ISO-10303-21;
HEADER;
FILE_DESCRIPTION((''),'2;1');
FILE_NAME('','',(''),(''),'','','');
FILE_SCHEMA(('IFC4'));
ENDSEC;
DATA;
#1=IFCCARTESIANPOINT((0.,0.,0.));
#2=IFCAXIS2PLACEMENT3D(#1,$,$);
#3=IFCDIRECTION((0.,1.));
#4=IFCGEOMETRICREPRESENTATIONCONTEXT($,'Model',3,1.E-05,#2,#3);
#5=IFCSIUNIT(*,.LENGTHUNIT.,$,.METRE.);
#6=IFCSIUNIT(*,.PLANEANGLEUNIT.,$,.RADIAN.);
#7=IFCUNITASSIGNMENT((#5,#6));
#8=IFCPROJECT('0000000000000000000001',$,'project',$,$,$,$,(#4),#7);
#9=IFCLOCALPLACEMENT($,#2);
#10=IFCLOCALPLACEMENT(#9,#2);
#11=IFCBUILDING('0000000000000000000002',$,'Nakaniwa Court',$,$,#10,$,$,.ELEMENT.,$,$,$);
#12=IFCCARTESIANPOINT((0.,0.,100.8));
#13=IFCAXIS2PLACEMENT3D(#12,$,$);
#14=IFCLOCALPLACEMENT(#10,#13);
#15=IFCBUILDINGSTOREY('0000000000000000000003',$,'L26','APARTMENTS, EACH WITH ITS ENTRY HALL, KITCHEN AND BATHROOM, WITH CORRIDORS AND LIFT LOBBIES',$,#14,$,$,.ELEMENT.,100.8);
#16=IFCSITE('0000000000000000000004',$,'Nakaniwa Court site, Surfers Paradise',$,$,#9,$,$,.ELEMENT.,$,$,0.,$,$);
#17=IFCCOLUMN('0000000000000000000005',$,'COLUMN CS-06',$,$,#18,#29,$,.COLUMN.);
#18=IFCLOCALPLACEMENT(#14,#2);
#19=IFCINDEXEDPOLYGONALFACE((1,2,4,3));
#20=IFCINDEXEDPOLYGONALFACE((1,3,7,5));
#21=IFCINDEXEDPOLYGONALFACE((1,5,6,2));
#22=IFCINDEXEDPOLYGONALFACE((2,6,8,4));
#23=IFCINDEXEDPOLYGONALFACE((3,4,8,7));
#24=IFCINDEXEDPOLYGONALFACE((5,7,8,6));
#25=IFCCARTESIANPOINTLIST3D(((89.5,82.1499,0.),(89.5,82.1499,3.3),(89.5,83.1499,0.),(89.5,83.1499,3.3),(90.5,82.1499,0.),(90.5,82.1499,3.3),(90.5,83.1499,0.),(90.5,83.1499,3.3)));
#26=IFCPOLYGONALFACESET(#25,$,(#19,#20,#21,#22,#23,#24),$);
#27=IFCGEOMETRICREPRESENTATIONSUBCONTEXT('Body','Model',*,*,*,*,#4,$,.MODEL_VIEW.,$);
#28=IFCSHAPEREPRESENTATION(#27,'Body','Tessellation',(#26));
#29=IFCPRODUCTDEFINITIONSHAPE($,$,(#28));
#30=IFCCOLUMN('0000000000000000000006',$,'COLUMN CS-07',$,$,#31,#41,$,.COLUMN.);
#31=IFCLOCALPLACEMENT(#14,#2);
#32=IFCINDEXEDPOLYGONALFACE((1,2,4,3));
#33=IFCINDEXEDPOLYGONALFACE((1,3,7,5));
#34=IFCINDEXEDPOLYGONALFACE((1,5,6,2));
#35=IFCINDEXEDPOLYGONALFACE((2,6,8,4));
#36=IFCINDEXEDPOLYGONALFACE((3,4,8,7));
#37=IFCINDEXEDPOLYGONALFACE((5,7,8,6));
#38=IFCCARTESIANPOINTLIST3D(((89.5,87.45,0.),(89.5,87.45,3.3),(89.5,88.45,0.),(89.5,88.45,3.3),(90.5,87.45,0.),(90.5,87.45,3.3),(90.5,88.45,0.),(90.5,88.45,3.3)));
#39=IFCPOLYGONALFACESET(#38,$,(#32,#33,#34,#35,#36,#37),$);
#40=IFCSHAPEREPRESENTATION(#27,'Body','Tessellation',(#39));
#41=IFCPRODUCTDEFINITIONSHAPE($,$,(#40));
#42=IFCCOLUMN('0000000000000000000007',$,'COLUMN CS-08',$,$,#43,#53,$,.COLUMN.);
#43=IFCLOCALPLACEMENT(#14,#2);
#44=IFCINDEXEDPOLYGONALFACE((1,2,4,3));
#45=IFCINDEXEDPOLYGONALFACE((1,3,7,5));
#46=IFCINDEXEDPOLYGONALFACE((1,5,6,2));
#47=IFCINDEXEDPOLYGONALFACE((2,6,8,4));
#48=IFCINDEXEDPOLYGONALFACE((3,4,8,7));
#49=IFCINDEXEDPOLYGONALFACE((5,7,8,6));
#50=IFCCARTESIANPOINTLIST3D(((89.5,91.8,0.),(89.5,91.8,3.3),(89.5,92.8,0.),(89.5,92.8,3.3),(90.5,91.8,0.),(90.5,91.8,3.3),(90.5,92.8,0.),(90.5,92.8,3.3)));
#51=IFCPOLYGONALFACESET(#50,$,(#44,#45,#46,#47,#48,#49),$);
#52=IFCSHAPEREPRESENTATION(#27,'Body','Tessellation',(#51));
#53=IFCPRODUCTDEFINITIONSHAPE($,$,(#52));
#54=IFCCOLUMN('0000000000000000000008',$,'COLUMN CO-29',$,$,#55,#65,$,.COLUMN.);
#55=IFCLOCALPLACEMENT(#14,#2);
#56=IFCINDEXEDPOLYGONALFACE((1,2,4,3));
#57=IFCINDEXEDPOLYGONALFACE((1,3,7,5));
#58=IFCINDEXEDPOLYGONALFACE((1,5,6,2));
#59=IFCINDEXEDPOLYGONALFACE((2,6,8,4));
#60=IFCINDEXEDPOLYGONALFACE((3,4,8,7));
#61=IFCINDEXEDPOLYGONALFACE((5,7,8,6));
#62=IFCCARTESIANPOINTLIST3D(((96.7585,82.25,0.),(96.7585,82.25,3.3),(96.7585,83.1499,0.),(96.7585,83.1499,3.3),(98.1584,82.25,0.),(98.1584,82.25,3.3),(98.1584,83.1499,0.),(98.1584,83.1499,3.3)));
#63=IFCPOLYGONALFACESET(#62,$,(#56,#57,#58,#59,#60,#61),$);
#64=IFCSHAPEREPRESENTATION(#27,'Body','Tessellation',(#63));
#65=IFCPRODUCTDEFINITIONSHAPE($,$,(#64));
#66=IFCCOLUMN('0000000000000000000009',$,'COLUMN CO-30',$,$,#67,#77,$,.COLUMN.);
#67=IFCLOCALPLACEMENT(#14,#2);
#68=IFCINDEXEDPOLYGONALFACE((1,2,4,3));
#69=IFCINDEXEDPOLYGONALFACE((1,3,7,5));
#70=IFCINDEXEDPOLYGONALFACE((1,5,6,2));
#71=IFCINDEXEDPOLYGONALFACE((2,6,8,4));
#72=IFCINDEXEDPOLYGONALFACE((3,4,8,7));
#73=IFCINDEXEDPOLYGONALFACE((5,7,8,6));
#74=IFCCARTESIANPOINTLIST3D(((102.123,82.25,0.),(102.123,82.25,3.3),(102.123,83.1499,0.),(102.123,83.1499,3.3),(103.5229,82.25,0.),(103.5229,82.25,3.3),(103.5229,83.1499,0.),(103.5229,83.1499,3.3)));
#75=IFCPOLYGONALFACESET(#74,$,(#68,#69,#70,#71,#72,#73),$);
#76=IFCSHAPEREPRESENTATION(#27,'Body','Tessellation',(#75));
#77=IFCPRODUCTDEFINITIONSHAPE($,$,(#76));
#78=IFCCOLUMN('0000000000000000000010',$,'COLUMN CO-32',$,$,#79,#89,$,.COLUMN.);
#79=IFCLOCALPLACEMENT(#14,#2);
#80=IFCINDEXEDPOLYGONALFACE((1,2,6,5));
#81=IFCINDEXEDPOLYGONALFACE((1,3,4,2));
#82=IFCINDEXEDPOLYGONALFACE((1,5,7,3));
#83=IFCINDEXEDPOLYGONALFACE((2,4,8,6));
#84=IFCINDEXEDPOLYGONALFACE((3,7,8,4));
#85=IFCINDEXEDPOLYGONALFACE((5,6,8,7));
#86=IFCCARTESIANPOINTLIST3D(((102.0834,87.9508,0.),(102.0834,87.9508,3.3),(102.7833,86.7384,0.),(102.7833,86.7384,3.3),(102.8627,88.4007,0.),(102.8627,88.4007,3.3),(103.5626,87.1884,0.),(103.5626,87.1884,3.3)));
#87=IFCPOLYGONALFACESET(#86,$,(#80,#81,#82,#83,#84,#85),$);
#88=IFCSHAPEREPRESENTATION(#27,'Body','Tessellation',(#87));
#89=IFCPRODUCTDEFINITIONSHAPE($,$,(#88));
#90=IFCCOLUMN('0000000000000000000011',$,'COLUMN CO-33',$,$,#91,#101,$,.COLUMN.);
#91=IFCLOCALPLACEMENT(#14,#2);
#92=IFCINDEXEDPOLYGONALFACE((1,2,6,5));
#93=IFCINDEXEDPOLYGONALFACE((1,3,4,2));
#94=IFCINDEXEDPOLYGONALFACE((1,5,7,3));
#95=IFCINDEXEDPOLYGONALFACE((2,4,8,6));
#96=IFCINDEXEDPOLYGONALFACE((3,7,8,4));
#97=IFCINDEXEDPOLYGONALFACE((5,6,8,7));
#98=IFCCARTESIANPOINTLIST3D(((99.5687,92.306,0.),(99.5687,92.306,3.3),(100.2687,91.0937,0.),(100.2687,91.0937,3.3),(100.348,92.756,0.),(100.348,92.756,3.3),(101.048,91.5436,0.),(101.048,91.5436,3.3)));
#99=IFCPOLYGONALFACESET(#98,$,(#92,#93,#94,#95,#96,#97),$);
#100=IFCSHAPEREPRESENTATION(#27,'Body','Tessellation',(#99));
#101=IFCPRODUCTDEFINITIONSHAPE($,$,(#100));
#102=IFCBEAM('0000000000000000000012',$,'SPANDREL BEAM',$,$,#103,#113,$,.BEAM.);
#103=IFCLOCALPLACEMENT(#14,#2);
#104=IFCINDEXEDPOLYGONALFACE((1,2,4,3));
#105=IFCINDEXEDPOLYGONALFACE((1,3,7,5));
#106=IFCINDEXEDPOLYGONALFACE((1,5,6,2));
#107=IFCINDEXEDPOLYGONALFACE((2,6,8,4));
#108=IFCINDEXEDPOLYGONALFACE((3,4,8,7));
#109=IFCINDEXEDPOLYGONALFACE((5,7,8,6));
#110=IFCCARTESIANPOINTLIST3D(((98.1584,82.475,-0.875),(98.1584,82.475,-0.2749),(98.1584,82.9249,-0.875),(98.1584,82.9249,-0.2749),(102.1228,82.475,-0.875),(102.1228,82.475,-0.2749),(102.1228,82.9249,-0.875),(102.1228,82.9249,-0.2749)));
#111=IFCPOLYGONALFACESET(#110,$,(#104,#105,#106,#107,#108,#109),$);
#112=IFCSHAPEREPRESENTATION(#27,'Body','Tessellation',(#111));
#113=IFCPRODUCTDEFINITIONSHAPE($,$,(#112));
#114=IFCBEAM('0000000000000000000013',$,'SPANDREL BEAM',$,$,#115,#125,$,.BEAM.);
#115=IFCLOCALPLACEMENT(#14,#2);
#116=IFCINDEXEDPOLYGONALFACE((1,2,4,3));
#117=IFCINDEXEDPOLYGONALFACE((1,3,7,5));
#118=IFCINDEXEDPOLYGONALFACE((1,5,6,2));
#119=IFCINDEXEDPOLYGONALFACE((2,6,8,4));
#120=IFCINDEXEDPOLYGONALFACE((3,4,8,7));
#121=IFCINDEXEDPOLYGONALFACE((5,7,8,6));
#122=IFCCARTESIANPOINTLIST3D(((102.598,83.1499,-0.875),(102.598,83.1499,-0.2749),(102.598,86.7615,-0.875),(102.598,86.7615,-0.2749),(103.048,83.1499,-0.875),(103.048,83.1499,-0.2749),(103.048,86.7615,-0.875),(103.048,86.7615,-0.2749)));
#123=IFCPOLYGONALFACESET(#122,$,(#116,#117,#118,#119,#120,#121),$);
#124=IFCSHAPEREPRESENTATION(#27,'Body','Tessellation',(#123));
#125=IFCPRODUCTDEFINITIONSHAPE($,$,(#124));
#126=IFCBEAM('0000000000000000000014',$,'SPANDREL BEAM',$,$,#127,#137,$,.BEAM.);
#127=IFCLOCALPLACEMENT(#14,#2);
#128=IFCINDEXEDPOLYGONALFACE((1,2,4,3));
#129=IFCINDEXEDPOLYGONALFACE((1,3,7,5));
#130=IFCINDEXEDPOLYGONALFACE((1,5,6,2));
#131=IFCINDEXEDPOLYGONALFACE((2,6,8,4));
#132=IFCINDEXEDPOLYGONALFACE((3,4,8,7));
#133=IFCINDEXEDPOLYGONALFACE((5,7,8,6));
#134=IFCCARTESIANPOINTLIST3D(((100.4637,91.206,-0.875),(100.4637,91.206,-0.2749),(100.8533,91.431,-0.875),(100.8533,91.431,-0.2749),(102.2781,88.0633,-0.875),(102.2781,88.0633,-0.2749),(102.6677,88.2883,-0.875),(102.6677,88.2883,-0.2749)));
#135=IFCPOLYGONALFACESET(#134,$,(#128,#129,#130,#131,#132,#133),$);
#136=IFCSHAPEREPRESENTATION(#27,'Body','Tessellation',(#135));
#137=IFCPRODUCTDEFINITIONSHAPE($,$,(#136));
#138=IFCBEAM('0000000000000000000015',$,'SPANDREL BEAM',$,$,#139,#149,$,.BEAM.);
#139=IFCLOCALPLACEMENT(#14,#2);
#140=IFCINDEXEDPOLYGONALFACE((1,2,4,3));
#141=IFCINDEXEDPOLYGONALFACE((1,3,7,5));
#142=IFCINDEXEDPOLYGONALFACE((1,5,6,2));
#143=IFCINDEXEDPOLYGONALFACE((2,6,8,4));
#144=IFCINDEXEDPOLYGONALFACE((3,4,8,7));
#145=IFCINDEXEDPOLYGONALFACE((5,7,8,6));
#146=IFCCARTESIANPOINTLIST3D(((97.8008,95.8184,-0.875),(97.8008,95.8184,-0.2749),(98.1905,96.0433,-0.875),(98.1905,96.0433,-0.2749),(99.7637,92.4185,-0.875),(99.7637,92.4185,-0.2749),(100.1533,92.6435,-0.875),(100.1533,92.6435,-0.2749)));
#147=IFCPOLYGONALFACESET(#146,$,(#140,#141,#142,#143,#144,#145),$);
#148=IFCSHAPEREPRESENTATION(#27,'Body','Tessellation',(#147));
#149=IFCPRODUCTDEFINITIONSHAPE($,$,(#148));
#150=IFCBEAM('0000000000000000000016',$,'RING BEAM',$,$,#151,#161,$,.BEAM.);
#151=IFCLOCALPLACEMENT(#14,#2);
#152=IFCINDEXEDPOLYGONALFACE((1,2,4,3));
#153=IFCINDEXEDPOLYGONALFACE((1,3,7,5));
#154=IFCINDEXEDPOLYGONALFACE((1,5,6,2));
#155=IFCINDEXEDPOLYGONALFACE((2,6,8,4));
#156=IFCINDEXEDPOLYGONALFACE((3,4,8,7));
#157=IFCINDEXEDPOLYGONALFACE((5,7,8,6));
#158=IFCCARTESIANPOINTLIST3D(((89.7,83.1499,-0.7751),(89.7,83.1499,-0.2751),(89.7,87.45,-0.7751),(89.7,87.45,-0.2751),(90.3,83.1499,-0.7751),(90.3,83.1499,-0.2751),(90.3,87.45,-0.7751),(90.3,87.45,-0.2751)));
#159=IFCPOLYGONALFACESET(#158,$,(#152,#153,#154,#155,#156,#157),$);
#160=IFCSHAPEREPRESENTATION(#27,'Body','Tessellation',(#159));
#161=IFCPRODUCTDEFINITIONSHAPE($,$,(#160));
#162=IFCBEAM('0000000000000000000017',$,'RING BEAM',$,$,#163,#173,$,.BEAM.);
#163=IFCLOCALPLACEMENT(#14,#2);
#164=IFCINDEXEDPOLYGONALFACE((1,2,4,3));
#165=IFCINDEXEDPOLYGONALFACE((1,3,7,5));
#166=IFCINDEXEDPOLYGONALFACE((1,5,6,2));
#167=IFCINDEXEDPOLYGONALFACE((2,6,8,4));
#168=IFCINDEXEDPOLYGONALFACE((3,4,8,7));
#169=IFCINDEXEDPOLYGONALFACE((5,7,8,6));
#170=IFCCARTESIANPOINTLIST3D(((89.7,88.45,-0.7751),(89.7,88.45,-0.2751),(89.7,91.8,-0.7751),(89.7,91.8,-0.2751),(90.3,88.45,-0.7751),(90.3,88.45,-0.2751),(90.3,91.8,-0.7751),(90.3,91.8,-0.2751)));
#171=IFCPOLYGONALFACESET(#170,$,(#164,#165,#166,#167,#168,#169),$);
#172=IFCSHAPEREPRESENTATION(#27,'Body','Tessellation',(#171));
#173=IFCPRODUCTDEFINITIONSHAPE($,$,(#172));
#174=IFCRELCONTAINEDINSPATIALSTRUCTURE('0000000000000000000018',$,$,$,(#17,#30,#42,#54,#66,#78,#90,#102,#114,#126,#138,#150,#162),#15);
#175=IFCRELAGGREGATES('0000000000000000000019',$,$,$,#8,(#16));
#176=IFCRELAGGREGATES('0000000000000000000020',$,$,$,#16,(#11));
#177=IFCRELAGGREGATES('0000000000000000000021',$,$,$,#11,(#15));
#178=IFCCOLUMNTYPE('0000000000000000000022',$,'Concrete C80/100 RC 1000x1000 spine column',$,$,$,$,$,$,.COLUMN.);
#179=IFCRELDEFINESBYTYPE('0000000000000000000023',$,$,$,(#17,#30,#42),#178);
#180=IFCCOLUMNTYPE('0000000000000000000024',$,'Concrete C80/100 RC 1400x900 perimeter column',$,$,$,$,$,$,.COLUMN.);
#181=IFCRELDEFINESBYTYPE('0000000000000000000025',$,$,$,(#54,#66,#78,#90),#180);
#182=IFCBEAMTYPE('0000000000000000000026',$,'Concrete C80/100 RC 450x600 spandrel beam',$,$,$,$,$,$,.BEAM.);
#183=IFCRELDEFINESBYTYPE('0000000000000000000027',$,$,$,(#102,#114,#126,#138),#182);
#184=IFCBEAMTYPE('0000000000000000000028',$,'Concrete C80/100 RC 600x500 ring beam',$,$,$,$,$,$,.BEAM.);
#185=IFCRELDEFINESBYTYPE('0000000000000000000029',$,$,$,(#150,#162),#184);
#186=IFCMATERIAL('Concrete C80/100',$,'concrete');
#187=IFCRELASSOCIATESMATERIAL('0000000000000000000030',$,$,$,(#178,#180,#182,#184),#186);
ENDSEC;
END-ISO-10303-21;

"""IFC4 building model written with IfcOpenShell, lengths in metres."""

from ifc_helpers import new_model, si_unit, direction, frame, origin, origin_2d, place, context, subcontext, project, spatial, rectangle, extrude, material, material_profile, profile_set, type_object, element, save


model = new_model("IFC4")

# Units and contexts
model_context = context("Model", 3, precision=1e-05, world=origin(), true_north=direction((0.0, 1.0)))
body_context = subcontext(model_context, "Body", "Model", "MODEL_VIEW")
ifc_project = project(units=[si_unit("LENGTHUNIT", "METRE"), si_unit("PLANEANGLEUNIT", "RADIAN")], contexts=[model_context])

# Site, building, storey
site_placement = place(None, origin())
site = spatial("IfcSite", under=ifc_project, at=site_placement, Name="Nakaniwa Court site, Surfers Paradise", CompositionType="ELEMENT", RefElevation=0.0)
building_placement = place(site_placement, origin())
building = spatial("IfcBuilding", under=site, at=building_placement, Name="Nakaniwa Court", CompositionType="ELEMENT")
storey_placement = place(building_placement, frame((0.0, 0.0, 100.8)))
storey = spatial("IfcBuildingStorey", under=building, at=storey_placement, Name="L26", Description="APARTMENTS, EACH WITH ITS ENTRY HALL, KITCHEN AND BATHROOM, WITH CORRIDORS AND LIFT LOBBIES", CompositionType="ELEMENT", Elevation=100.8)

# Columns
ifc_material_1 = material(Name="Concrete C80/100", Category="concrete")
ifc_material_profile_1 = material_profile(ifc_material_1, rectangle(XDim=1.0, YDim=1.0, at=origin_2d()), Name="Concrete C80/100 RC 1000x1000 spine column")
ifc_profile_set_1 = profile_set([ifc_material_profile_1], Name="Concrete C80/100")
column_type_1 = type_object("IfcColumnType", Name="Concrete C80/100 RC 1000x1000 spine column", PredefinedType="COLUMN", material=ifc_profile_set_1)
for number, where, z_axis, x_axis, name in (
    (1, (90.0, 82.6499, 0.0), (0.0, 0.0, 1.0), (0.0, 1.0, 0.0), "COLUMN CS-06"),
    (2, (90.0, 87.95, 0.0), (0.0, 0.0, 1.0), (0.0, 1.0, 0.0), "COLUMN CS-07"),
    (3, (90.0, 92.3, 0.0), (0.0, 0.0, 1.0), (0.0, 1.0, 0.0), "COLUMN CS-08"),
):
    element("IfcColumn", number, at=place(storey_placement, frame(where, z_axis=z_axis, x_axis=x_axis)), inside=storey, type_object=column_type_1, Name=name, PredefinedType="COLUMN", context=body_context, shape_type="SweptSolid", body=[
        extrude(rectangle(XDim=1.0, YDim=1.0, at=origin_2d()), origin(), (0.0, 0.0, 1.0), 3.3),
    ])
ifc_material_profile_2 = material_profile(ifc_material_1, rectangle(XDim=1.3999, YDim=0.8999, at=origin_2d()), Name="Concrete C80/100 RC 1400x900 perimeter column")
ifc_profile_set_2 = profile_set([ifc_material_profile_2], Name="Concrete C80/100")
column_type_2 = type_object("IfcColumnType", Name="Concrete C80/100 RC 1400x900 perimeter column", PredefinedType="COLUMN", material=ifc_profile_set_2)
for number, where, z_axis, x_axis, name in (
    (4, (97.4585, 82.7, 0.0), (0.0, 0.0, 1.0), (1.0, 0.0, 0.0), "COLUMN CO-29"),
    (5, (102.823, 82.7, 0.0), (0.0, 0.0, 1.0), (1.0, 0.0, 0.0), "COLUMN CO-30"),
    (6, (102.823, 87.5696, 0.0), (0.0, 0.0, 1.0), (-0.5, 0.866025, 0.0), "COLUMN CO-32"),
    (7, (100.3083, 91.9248, 0.0), (0.0, 0.0, 1.0), (-0.5, 0.866025, 0.0), "COLUMN CO-33"),
):
    element("IfcColumn", number, at=place(storey_placement, frame(where, z_axis=z_axis, x_axis=x_axis)), inside=storey, type_object=column_type_2, Name=name, PredefinedType="COLUMN", context=body_context, shape_type="SweptSolid", body=[
        extrude(rectangle(XDim=1.3999, YDim=0.8999, at=origin_2d()), origin(), (0.0, 0.0, 1.0), 3.3),
    ])

# Beams
ifc_material_profile_3 = material_profile(ifc_material_1, rectangle(XDim=0.45, YDim=0.6001, at=origin_2d()), Name="Concrete C80/100 RC 450x600 spandrel beam")
ifc_profile_set_3 = profile_set([ifc_material_profile_3], Name="Concrete C80/100")
beam_type_1 = type_object("IfcBeamType", Name="Concrete C80/100 RC 450x600 spandrel beam", PredefinedType="BEAM", material=ifc_profile_set_3)
beam_1_placement = place(storey_placement, frame((98.1584, 82.7, -0.575), z_axis=(1.0, 0.0, 0.0), x_axis=(0.0, 1.0, 0.0)))
element("IfcBeam", 8, at=beam_1_placement, inside=storey, type_object=beam_type_1, Name="SPANDREL BEAM", PredefinedType="BEAM", context=body_context, shape_type="SweptSolid", body=[
    extrude(rectangle(XDim=0.45, YDim=0.6001, at=origin_2d()), origin(), (0.0, 0.0, 1.0), 3.9644),
])
beam_2_placement = place(storey_placement, frame((102.823, 83.1499, -0.575), z_axis=(0.0, 1.0, 0.0), x_axis=(-1.0, 0.0, 0.0)))
element("IfcBeam", 9, at=beam_2_placement, inside=storey, type_object=beam_type_1, Name="SPANDREL BEAM", PredefinedType="BEAM", context=body_context, shape_type="SweptSolid", body=[
    extrude(rectangle(XDim=0.45, YDim=0.6001, at=origin_2d()), origin(), (0.0, 0.0, 1.0), 3.6116),
])
beam_3_placement = place(storey_placement, frame((102.4729, 88.1758, -0.575), z_axis=(-0.499988, 0.866032, 0.0), x_axis=(-0.866032, -0.499988, 0.0)))
element("IfcBeam", 10, at=beam_3_placement, inside=storey, type_object=beam_type_1, Name="SPANDREL BEAM", PredefinedType="BEAM", context=body_context, shape_type="SweptSolid", body=[
    extrude(rectangle(XDim=0.45, YDim=0.6001, at=origin_2d()), origin(), (0.0, 0.0, 1.0), 3.6289),
])
beam_4_placement = place(storey_placement, frame((99.9585, 92.531, -0.575), z_axis=(-0.499992, 0.86603, 0.0), x_axis=(-0.86603, -0.499992, 0.0)))
element("IfcBeam", 11, at=beam_4_placement, inside=storey, type_object=beam_type_1, Name="SPANDREL BEAM", PredefinedType="BEAM", context=body_context, shape_type="SweptSolid", body=[
    extrude(rectangle(XDim=0.45, YDim=0.6001, at=origin_2d()), origin(), (0.0, 0.0, 1.0), 3.9258),
])
ifc_material_profile_4 = material_profile(ifc_material_1, rectangle(XDim=0.6001, YDim=0.5, at=origin_2d()), Name="Concrete C80/100 RC 600x500 ring beam")
ifc_profile_set_4 = profile_set([ifc_material_profile_4], Name="Concrete C80/100")
beam_type_2 = type_object("IfcBeamType", Name="Concrete C80/100 RC 600x500 ring beam", PredefinedType="BEAM", material=ifc_profile_set_4)
beam_5_placement = place(storey_placement, frame((90.0, 83.1499, -0.5251), z_axis=(0.0, 1.0, 0.0), x_axis=(-1.0, 0.0, 0.0)))
element("IfcBeam", 12, at=beam_5_placement, inside=storey, type_object=beam_type_2, Name="RING BEAM", PredefinedType="BEAM", context=body_context, shape_type="SweptSolid", body=[
    extrude(rectangle(XDim=0.6001, YDim=0.5, at=origin_2d()), origin(), (0.0, 0.0, 1.0), 4.3),
])
beam_6_placement = place(storey_placement, frame((90.0, 88.45, -0.5251), z_axis=(0.0, 1.0, 0.0), x_axis=(-1.0, 0.0, 0.0)))
element("IfcBeam", 13, at=beam_6_placement, inside=storey, type_object=beam_type_2, Name="RING BEAM", PredefinedType="BEAM", context=body_context, shape_type="SweptSolid", body=[
    extrude(rectangle(XDim=0.6001, YDim=0.5, at=origin_2d()), origin(), (0.0, 0.0, 1.0), 3.3501),
])

save(model, "model.ifc")
